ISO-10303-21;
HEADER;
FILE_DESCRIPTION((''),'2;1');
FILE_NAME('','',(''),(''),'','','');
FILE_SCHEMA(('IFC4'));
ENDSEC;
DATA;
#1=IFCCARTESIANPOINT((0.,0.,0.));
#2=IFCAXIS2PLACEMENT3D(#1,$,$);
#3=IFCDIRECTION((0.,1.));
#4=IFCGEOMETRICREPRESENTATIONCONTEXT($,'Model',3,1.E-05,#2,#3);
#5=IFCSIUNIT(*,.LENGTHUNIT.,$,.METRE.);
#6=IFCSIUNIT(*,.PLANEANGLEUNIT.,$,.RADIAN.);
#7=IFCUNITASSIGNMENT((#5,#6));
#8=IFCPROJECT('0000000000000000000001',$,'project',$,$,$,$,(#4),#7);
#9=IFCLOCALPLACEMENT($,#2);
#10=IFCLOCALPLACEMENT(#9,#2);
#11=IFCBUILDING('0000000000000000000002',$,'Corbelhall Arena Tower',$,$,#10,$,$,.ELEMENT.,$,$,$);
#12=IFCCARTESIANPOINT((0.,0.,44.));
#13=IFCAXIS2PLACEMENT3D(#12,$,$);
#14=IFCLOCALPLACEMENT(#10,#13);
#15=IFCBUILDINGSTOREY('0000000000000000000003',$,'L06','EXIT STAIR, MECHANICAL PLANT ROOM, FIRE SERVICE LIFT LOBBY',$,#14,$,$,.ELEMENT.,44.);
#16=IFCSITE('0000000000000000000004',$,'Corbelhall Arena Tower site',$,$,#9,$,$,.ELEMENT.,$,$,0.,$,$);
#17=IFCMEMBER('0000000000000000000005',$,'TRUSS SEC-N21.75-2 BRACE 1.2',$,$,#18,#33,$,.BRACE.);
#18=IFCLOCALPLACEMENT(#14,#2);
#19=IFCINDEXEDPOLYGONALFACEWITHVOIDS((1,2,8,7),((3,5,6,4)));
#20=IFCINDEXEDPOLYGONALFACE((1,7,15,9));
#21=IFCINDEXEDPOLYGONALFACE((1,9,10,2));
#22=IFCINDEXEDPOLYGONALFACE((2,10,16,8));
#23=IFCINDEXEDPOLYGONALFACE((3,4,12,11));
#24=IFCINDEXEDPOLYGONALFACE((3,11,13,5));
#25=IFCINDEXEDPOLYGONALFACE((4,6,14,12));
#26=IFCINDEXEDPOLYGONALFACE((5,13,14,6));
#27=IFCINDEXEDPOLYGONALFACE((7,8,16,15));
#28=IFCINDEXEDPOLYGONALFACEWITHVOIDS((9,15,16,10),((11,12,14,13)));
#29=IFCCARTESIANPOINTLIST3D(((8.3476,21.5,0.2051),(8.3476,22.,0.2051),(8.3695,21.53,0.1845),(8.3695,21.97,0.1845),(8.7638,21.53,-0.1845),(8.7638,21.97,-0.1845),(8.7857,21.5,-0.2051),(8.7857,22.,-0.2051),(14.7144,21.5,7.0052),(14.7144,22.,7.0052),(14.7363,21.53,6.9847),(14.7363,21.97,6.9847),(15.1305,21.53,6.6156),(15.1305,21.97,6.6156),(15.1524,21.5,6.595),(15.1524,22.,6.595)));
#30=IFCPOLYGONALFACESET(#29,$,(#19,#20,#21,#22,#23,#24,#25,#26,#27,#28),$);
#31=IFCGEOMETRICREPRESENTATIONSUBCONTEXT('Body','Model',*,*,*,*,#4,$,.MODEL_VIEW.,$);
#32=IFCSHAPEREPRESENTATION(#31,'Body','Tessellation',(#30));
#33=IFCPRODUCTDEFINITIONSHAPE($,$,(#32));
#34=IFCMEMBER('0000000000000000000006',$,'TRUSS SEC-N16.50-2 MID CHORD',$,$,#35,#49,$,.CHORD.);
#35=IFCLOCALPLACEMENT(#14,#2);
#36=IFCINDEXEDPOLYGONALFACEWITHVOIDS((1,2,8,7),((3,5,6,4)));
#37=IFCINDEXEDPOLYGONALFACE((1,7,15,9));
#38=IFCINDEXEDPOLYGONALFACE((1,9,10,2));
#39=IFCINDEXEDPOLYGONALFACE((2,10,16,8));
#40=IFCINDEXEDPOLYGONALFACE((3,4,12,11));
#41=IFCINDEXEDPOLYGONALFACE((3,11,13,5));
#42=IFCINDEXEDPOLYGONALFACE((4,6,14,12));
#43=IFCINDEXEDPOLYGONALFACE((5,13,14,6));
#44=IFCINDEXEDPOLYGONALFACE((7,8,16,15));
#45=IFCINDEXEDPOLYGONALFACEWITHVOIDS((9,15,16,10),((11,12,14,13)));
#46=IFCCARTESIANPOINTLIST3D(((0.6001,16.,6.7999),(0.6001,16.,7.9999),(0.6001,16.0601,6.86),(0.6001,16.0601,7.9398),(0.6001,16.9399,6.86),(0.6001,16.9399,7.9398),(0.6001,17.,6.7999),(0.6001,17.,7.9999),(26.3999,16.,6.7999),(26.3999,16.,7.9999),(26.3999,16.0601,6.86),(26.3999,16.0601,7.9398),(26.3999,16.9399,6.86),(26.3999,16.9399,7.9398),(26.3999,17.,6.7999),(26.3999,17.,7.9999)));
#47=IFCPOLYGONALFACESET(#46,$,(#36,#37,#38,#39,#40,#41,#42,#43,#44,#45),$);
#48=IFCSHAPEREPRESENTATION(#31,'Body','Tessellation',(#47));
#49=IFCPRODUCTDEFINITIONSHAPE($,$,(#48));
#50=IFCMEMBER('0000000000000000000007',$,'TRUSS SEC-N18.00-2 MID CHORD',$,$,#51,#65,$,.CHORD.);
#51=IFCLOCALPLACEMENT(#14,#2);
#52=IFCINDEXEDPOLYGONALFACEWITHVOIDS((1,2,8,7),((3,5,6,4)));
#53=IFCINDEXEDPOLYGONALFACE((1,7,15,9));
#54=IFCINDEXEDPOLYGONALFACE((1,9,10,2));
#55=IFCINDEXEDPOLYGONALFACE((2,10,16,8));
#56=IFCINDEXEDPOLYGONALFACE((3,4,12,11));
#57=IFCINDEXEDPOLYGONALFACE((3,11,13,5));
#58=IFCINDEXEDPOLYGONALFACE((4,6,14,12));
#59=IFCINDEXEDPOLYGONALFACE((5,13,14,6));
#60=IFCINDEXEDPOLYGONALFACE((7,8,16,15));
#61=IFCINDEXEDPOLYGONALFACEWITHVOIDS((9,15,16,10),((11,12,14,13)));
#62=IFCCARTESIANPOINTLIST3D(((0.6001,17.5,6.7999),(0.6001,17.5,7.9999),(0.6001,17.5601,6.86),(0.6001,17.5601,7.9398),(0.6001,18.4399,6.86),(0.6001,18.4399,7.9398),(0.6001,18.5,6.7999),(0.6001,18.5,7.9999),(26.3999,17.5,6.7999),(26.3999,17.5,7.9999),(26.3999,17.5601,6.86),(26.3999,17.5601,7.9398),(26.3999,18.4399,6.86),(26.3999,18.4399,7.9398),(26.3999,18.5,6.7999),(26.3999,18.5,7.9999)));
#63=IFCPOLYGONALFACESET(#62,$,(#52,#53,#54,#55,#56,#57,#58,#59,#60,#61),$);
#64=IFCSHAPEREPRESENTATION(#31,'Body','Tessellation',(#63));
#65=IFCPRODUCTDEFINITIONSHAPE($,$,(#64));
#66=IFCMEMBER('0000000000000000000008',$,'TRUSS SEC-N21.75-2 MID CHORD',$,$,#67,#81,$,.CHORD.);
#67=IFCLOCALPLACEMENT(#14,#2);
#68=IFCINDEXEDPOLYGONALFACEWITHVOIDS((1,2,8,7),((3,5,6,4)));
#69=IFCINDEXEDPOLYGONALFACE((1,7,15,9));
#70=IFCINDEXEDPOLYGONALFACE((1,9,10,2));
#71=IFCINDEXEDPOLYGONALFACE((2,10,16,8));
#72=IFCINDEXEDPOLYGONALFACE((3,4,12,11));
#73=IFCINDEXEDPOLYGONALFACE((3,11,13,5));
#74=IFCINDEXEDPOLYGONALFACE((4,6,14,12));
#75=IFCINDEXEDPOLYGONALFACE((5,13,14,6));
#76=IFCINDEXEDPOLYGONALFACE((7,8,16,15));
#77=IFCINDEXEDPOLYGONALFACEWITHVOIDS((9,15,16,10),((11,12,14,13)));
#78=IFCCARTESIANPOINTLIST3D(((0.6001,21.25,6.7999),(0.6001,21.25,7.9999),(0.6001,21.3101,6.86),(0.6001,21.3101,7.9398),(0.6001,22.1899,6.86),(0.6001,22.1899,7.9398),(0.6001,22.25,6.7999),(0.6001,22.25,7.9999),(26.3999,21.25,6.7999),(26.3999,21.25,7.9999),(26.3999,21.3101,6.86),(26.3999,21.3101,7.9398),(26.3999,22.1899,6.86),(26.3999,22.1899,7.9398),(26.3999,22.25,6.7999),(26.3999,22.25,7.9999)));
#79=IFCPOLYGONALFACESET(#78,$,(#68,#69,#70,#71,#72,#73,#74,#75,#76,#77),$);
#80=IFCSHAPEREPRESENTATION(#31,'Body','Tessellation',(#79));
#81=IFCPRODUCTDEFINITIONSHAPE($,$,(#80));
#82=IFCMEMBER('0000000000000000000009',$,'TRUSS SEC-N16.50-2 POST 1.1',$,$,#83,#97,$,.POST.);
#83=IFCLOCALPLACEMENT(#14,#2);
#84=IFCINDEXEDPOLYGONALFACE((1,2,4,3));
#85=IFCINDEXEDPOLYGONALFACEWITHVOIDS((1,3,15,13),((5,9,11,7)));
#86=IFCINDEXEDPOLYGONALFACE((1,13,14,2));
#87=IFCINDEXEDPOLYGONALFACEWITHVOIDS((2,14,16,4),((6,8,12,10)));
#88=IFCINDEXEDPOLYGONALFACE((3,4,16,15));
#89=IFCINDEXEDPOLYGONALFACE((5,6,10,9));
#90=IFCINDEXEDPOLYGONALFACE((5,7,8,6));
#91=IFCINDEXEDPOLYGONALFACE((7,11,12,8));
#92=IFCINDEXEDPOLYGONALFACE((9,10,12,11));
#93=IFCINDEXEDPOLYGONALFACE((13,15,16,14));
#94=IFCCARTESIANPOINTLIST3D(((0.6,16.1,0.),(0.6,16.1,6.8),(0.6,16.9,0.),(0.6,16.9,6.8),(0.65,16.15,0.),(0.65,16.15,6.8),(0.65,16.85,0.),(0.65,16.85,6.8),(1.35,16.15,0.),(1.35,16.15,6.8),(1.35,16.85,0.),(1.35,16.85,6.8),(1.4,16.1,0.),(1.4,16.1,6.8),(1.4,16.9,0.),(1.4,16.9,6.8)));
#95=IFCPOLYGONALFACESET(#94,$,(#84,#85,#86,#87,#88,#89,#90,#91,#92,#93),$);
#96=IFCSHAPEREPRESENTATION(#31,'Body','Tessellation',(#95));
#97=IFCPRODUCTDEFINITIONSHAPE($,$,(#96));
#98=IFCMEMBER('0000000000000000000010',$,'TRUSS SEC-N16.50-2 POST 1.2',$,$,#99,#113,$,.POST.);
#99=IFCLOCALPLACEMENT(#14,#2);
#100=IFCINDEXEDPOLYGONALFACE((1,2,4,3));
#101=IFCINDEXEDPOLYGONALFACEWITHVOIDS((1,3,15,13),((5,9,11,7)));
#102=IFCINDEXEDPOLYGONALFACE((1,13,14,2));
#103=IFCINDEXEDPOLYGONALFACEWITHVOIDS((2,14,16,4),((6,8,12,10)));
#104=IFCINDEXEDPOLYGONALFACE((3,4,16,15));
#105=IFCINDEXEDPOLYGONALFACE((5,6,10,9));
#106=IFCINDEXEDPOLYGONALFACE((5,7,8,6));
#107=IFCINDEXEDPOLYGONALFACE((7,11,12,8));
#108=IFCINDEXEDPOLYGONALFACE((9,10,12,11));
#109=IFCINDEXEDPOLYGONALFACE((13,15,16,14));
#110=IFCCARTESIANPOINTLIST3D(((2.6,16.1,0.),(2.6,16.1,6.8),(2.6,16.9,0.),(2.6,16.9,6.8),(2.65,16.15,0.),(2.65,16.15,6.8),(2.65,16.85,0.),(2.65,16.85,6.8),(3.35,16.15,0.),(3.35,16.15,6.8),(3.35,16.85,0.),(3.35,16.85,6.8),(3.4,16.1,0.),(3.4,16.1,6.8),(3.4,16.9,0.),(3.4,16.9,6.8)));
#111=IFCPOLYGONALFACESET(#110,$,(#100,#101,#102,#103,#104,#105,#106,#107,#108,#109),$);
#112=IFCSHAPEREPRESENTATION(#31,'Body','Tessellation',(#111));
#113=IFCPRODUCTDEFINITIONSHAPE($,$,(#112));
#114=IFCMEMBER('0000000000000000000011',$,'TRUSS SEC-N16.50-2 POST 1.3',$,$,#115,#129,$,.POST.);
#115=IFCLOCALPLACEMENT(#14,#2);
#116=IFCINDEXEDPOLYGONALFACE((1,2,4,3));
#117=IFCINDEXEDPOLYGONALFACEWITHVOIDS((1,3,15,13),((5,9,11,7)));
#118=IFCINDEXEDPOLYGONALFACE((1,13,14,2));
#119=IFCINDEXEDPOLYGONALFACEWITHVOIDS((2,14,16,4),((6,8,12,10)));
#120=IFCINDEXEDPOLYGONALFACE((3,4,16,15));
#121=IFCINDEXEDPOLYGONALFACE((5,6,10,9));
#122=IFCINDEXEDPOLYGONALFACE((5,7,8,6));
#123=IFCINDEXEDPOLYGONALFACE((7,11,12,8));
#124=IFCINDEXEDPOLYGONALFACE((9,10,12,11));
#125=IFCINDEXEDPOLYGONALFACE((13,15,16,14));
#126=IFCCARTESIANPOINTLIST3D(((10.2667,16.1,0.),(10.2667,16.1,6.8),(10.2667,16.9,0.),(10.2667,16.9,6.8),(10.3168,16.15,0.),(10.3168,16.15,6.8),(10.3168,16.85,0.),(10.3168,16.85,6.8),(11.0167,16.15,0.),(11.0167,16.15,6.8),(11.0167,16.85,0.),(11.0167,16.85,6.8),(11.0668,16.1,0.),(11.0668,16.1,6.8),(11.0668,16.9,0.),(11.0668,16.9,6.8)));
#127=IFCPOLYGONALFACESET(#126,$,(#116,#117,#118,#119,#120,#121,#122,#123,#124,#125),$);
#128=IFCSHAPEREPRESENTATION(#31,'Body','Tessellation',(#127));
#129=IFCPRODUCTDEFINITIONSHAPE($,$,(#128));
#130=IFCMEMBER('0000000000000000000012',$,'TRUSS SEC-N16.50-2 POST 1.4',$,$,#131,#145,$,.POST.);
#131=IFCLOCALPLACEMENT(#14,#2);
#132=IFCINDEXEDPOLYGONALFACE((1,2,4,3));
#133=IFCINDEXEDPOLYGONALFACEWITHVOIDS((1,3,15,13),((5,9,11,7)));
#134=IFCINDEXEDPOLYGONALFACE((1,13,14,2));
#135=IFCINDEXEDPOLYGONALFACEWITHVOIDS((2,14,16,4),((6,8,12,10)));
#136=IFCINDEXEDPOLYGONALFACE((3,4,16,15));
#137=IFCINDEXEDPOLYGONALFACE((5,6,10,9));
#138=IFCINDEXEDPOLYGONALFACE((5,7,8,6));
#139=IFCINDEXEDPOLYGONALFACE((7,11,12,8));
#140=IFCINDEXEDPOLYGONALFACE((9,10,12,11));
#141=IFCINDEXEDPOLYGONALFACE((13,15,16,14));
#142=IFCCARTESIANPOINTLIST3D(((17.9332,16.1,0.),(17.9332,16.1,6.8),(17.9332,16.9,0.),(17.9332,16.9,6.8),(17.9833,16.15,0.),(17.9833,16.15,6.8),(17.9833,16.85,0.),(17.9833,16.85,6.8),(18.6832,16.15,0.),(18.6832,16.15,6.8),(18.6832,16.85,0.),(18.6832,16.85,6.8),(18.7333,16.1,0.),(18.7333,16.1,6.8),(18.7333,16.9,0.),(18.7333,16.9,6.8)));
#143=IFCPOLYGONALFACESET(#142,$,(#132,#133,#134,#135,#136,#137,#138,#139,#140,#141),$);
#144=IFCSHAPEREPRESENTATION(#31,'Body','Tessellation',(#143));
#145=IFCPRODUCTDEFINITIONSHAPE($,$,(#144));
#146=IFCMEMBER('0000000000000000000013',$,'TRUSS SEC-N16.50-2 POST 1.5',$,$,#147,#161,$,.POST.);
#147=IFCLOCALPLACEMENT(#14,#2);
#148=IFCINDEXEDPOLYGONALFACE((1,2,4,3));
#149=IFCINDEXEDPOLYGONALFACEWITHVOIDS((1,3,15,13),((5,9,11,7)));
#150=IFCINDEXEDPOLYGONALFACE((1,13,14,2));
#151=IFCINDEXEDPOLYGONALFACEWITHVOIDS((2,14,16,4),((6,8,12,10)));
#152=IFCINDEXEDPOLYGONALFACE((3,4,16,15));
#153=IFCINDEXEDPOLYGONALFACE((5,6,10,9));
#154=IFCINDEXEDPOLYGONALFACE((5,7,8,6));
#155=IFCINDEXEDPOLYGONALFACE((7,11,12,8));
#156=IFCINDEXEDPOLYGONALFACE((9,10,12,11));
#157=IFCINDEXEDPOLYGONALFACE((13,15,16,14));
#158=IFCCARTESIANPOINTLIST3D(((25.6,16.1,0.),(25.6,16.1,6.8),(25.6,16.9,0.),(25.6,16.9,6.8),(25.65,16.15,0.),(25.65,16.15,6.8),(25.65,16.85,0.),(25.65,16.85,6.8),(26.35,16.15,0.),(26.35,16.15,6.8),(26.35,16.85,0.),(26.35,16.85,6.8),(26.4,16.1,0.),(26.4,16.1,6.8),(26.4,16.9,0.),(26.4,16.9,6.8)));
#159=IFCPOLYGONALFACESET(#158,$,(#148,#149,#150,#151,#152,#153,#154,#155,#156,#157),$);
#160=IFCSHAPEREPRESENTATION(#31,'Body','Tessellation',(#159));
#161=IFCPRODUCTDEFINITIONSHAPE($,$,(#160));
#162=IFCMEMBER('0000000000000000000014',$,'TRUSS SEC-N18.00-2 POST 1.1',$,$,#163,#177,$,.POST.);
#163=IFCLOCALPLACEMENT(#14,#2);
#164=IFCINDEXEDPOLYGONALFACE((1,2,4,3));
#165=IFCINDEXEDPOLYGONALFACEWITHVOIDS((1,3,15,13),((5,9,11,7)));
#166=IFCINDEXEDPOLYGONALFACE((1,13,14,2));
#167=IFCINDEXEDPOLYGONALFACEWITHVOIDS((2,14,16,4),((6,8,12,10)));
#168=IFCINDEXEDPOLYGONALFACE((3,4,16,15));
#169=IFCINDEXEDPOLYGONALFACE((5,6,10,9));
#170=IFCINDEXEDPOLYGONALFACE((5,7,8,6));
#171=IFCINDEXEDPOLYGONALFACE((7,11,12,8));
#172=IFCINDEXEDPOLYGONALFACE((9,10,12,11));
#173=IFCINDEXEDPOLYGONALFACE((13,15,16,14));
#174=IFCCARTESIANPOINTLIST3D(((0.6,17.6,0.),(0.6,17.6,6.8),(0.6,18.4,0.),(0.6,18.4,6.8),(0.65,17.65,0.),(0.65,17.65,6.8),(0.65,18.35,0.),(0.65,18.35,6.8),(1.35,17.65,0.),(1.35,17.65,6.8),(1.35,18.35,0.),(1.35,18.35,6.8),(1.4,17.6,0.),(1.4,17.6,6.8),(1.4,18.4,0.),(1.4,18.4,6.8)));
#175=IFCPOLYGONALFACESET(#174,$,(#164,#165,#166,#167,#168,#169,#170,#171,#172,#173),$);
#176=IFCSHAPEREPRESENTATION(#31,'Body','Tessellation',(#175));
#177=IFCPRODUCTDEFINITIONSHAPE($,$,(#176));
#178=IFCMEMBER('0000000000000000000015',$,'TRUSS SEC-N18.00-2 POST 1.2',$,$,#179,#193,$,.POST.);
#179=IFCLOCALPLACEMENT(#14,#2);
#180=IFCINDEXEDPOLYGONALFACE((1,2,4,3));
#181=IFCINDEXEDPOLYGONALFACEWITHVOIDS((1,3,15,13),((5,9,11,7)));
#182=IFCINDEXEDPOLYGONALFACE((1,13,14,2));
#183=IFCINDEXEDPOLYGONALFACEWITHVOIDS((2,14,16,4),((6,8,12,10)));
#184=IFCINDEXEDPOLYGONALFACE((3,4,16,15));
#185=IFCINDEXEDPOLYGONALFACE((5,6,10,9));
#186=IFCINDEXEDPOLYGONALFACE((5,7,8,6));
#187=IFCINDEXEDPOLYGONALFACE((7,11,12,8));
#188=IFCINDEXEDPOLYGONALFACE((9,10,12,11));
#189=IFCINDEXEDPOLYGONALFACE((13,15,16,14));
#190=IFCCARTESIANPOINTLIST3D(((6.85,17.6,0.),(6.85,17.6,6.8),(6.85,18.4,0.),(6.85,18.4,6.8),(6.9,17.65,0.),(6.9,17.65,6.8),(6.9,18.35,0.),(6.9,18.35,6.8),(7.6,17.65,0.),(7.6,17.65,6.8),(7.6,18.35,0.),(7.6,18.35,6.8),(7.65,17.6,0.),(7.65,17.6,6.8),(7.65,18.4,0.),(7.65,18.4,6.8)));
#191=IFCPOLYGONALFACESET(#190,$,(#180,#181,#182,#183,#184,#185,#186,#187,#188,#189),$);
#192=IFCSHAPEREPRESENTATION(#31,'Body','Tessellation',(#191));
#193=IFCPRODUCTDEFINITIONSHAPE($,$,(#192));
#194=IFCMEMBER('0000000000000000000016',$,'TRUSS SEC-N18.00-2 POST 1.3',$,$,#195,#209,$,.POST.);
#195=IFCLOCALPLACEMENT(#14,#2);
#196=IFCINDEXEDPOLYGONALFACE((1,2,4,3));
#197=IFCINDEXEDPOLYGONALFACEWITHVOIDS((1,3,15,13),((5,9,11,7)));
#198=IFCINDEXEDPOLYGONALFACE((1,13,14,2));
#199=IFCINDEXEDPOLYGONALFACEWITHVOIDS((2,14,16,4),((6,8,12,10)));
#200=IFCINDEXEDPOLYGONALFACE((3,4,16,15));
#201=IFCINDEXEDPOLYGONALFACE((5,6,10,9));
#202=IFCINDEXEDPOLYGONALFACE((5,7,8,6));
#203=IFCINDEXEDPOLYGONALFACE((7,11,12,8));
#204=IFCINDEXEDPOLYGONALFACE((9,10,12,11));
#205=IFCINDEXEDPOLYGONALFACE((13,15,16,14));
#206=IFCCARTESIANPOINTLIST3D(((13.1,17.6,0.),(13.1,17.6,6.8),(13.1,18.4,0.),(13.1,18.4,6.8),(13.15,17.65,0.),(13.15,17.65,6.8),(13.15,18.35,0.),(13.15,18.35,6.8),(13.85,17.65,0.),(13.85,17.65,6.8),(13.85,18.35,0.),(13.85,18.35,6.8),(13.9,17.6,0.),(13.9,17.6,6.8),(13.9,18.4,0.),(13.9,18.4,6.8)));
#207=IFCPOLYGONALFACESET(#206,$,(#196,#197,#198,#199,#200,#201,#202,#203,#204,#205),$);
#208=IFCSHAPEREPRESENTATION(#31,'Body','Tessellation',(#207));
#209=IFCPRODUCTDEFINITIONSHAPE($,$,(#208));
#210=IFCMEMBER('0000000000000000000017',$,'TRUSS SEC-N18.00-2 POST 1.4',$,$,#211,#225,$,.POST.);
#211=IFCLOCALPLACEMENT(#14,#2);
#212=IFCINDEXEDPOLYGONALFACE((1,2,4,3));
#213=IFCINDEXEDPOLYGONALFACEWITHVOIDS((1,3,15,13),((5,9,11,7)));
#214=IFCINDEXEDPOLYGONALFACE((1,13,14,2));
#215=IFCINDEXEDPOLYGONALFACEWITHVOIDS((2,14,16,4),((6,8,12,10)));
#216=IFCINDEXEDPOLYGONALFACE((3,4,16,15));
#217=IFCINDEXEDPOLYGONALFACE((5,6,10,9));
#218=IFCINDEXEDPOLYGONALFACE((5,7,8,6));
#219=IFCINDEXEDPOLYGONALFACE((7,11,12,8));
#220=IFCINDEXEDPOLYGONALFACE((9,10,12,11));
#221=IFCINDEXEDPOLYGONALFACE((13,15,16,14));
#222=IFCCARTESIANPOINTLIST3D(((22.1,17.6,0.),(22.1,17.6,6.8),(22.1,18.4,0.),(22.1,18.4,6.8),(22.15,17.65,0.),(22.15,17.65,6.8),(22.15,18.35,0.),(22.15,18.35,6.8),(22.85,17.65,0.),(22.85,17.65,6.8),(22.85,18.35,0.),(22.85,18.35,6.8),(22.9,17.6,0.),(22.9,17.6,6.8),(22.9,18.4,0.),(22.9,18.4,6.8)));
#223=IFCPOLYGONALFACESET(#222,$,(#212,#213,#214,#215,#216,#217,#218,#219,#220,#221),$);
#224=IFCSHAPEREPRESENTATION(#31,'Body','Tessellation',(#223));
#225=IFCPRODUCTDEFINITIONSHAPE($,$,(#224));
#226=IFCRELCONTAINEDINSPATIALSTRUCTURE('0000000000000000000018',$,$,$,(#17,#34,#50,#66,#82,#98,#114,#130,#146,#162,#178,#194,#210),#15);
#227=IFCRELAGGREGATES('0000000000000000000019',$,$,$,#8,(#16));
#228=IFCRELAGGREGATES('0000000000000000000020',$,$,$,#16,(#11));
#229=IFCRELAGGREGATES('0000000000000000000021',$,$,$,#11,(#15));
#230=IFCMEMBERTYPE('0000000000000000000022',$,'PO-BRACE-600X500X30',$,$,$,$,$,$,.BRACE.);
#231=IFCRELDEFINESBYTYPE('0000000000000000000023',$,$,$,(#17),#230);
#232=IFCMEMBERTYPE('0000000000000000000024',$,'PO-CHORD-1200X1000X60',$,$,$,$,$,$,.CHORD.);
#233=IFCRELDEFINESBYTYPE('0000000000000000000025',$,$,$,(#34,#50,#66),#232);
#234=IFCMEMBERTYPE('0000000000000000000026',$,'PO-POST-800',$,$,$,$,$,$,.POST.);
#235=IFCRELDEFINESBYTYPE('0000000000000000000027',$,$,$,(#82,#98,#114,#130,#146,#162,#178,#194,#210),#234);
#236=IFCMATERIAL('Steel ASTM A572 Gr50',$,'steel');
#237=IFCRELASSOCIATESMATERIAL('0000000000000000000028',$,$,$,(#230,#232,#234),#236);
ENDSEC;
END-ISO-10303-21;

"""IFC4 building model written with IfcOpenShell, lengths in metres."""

from ifc_helpers import new_model, si_unit, direction, frame, origin, origin_2d, place, context, subcontext, project, spatial, hollow_rectangle, extrude, material, material_profile, profile_set, type_object, element, save


model = new_model("IFC4")

# Units and contexts
model_context = context("Model", 3, precision=1e-05, world=origin(), true_north=direction((0.0, 1.0)))
body_context = subcontext(model_context, "Body", "Model", "MODEL_VIEW")
ifc_project = project(units=[si_unit("LENGTHUNIT", "METRE"), si_unit("PLANEANGLEUNIT", "RADIAN")], contexts=[model_context])

# Site, building, storey
site_placement = place(None, origin())
site = spatial("IfcSite", under=ifc_project, at=site_placement, Name="Corbelhall Arena Tower site", CompositionType="ELEMENT", RefElevation=0.0)
building_placement = place(site_placement, origin())
building = spatial("IfcBuilding", under=site, at=building_placement, Name="Corbelhall Arena Tower", CompositionType="ELEMENT")
storey_placement = place(building_placement, frame((0.0, 0.0, 44.0)))
storey = spatial("IfcBuildingStorey", under=building, at=storey_placement, Name="L06", Description="EXIT STAIR, MECHANICAL PLANT ROOM, FIRE SERVICE LIFT LOBBY", CompositionType="ELEMENT", Elevation=44.0)

# Members
ifc_material_1 = material(Name="Steel ASTM A572 Gr50", Category="steel")
ifc_material_profile_1 = material_profile(ifc_material_1, hollow_rectangle(XDim=0.5, YDim=0.6001, WallThickness=0.03, at=origin_2d()))
ifc_profile_set_1 = profile_set([ifc_material_profile_1], Name="Steel ASTM A572 Gr50")
member_type_1 = type_object("IfcMemberType", Name="PO-BRACE-600X500X30", PredefinedType="BRACE", material=ifc_profile_set_1)
for number, where, z_axis, x_axis, name in (
    (1, (8.5667, 21.75, 0.0), (0.683464, 0.0, 0.729984), (0.0, 1.0, 0.0), "TRUSS SEC-N21.75-2 BRACE 1.2"),
):
    element("IfcMember", number, at=place(storey_placement, frame(where, z_axis=z_axis, x_axis=x_axis)), inside=storey, type_object=member_type_1, Name=name, PredefinedType="BRACE", context=body_context, shape_type="SweptSolid", body=[
        extrude(hollow_rectangle(XDim=0.5, YDim=0.6001, WallThickness=0.03, at=origin_2d()), origin(), (0.0, 0.0, 1.0), 9.3154),
    ])
ifc_material_profile_2 = material_profile(ifc_material_1, hollow_rectangle(XDim=1.0, YDim=1.2, WallThickness=0.0601, at=origin_2d()))
ifc_profile_set_2 = profile_set([ifc_material_profile_2], Name="Steel ASTM A572 Gr50")
member_type_2 = type_object("IfcMemberType", Name="PO-CHORD-1200X1000X60", PredefinedType="CHORD", material=ifc_profile_set_2)
for number, where, z_axis, x_axis, name in (
    (2, (0.6001, 16.5, 7.3999), (1.0, 0.0, 0.0), (0.0, 1.0, 0.0), "TRUSS SEC-N16.50-2 MID CHORD"),
    (3, (0.6001, 18.0, 7.3999), (1.0, 0.0, 0.0), (0.0, 1.0, 0.0), "TRUSS SEC-N18.00-2 MID CHORD"),
    (4, (0.6001, 21.75, 7.3999), (1.0, 0.0, 0.0), (0.0, 1.0, 0.0), "TRUSS SEC-N21.75-2 MID CHORD"),
):
    element("IfcMember", number, at=place(storey_placement, frame(where, z_axis=z_axis, x_axis=x_axis)), inside=storey, type_object=member_type_2, Name=name, PredefinedType="CHORD", context=body_context, shape_type="SweptSolid", body=[
        extrude(hollow_rectangle(XDim=1.0, YDim=1.2, WallThickness=0.0601, at=origin_2d()), origin(), (0.0, 0.0, 1.0), 25.7998),
    ])
ifc_material_profile_3 = material_profile(ifc_material_1, hollow_rectangle(XDim=0.8, YDim=0.8, WallThickness=0.05, at=origin_2d()))
ifc_profile_set_3 = profile_set([ifc_material_profile_3], Name="Steel ASTM A572 Gr50")
member_type_3 = type_object("IfcMemberType", Name="PO-POST-800", PredefinedType="POST", material=ifc_profile_set_3)
for number, where, z_axis, x_axis, name in (
    (5, (1.0, 16.5, 0.0), (0.0, 0.0, 1.0), (1.0, 0.0, 0.0), "TRUSS SEC-N16.50-2 POST 1.1"),
    (6, (3.0, 16.5, 0.0), (0.0, 0.0, 1.0), (1.0, 0.0, 0.0), "TRUSS SEC-N16.50-2 POST 1.2"),
    (7, (10.6667, 16.5, 0.0), (0.0, 0.0, 1.0), (1.0, 0.0, 0.0), "TRUSS SEC-N16.50-2 POST 1.3"),
    (8, (18.3333, 16.5, 0.0), (0.0, 0.0, 1.0), (1.0, 0.0, 0.0), "TRUSS SEC-N16.50-2 POST 1.4"),
    (9, (26.0, 16.5, 0.0), (0.0, 0.0, 1.0), (1.0, 0.0, 0.0), "TRUSS SEC-N16.50-2 POST 1.5"),
    (10, (1.0, 18.0, 0.0), (0.0, 0.0, 1.0), (1.0, 0.0, 0.0), "TRUSS SEC-N18.00-2 POST 1.1"),
    (11, (7.25, 18.0, 0.0), (0.0, 0.0, 1.0), (1.0, 0.0, 0.0), "TRUSS SEC-N18.00-2 POST 1.2"),
    (12, (13.5, 18.0, 0.0), (0.0, 0.0, 1.0), (1.0, 0.0, 0.0), "TRUSS SEC-N18.00-2 POST 1.3"),
    (13, (22.5, 18.0, 0.0), (0.0, 0.0, 1.0), (1.0, 0.0, 0.0), "TRUSS SEC-N18.00-2 POST 1.4"),
):
    element("IfcMember", number, at=place(storey_placement, frame(where, z_axis=z_axis, x_axis=x_axis)), inside=storey, type_object=member_type_3, Name=name, PredefinedType="POST", context=body_context, shape_type="SweptSolid", body=[
        extrude(hollow_rectangle(XDim=0.8, YDim=0.8, WallThickness=0.05, at=origin_2d()), origin(), (0.0, 0.0, 1.0), 6.8),
    ])

save(model, "model.ifc")
